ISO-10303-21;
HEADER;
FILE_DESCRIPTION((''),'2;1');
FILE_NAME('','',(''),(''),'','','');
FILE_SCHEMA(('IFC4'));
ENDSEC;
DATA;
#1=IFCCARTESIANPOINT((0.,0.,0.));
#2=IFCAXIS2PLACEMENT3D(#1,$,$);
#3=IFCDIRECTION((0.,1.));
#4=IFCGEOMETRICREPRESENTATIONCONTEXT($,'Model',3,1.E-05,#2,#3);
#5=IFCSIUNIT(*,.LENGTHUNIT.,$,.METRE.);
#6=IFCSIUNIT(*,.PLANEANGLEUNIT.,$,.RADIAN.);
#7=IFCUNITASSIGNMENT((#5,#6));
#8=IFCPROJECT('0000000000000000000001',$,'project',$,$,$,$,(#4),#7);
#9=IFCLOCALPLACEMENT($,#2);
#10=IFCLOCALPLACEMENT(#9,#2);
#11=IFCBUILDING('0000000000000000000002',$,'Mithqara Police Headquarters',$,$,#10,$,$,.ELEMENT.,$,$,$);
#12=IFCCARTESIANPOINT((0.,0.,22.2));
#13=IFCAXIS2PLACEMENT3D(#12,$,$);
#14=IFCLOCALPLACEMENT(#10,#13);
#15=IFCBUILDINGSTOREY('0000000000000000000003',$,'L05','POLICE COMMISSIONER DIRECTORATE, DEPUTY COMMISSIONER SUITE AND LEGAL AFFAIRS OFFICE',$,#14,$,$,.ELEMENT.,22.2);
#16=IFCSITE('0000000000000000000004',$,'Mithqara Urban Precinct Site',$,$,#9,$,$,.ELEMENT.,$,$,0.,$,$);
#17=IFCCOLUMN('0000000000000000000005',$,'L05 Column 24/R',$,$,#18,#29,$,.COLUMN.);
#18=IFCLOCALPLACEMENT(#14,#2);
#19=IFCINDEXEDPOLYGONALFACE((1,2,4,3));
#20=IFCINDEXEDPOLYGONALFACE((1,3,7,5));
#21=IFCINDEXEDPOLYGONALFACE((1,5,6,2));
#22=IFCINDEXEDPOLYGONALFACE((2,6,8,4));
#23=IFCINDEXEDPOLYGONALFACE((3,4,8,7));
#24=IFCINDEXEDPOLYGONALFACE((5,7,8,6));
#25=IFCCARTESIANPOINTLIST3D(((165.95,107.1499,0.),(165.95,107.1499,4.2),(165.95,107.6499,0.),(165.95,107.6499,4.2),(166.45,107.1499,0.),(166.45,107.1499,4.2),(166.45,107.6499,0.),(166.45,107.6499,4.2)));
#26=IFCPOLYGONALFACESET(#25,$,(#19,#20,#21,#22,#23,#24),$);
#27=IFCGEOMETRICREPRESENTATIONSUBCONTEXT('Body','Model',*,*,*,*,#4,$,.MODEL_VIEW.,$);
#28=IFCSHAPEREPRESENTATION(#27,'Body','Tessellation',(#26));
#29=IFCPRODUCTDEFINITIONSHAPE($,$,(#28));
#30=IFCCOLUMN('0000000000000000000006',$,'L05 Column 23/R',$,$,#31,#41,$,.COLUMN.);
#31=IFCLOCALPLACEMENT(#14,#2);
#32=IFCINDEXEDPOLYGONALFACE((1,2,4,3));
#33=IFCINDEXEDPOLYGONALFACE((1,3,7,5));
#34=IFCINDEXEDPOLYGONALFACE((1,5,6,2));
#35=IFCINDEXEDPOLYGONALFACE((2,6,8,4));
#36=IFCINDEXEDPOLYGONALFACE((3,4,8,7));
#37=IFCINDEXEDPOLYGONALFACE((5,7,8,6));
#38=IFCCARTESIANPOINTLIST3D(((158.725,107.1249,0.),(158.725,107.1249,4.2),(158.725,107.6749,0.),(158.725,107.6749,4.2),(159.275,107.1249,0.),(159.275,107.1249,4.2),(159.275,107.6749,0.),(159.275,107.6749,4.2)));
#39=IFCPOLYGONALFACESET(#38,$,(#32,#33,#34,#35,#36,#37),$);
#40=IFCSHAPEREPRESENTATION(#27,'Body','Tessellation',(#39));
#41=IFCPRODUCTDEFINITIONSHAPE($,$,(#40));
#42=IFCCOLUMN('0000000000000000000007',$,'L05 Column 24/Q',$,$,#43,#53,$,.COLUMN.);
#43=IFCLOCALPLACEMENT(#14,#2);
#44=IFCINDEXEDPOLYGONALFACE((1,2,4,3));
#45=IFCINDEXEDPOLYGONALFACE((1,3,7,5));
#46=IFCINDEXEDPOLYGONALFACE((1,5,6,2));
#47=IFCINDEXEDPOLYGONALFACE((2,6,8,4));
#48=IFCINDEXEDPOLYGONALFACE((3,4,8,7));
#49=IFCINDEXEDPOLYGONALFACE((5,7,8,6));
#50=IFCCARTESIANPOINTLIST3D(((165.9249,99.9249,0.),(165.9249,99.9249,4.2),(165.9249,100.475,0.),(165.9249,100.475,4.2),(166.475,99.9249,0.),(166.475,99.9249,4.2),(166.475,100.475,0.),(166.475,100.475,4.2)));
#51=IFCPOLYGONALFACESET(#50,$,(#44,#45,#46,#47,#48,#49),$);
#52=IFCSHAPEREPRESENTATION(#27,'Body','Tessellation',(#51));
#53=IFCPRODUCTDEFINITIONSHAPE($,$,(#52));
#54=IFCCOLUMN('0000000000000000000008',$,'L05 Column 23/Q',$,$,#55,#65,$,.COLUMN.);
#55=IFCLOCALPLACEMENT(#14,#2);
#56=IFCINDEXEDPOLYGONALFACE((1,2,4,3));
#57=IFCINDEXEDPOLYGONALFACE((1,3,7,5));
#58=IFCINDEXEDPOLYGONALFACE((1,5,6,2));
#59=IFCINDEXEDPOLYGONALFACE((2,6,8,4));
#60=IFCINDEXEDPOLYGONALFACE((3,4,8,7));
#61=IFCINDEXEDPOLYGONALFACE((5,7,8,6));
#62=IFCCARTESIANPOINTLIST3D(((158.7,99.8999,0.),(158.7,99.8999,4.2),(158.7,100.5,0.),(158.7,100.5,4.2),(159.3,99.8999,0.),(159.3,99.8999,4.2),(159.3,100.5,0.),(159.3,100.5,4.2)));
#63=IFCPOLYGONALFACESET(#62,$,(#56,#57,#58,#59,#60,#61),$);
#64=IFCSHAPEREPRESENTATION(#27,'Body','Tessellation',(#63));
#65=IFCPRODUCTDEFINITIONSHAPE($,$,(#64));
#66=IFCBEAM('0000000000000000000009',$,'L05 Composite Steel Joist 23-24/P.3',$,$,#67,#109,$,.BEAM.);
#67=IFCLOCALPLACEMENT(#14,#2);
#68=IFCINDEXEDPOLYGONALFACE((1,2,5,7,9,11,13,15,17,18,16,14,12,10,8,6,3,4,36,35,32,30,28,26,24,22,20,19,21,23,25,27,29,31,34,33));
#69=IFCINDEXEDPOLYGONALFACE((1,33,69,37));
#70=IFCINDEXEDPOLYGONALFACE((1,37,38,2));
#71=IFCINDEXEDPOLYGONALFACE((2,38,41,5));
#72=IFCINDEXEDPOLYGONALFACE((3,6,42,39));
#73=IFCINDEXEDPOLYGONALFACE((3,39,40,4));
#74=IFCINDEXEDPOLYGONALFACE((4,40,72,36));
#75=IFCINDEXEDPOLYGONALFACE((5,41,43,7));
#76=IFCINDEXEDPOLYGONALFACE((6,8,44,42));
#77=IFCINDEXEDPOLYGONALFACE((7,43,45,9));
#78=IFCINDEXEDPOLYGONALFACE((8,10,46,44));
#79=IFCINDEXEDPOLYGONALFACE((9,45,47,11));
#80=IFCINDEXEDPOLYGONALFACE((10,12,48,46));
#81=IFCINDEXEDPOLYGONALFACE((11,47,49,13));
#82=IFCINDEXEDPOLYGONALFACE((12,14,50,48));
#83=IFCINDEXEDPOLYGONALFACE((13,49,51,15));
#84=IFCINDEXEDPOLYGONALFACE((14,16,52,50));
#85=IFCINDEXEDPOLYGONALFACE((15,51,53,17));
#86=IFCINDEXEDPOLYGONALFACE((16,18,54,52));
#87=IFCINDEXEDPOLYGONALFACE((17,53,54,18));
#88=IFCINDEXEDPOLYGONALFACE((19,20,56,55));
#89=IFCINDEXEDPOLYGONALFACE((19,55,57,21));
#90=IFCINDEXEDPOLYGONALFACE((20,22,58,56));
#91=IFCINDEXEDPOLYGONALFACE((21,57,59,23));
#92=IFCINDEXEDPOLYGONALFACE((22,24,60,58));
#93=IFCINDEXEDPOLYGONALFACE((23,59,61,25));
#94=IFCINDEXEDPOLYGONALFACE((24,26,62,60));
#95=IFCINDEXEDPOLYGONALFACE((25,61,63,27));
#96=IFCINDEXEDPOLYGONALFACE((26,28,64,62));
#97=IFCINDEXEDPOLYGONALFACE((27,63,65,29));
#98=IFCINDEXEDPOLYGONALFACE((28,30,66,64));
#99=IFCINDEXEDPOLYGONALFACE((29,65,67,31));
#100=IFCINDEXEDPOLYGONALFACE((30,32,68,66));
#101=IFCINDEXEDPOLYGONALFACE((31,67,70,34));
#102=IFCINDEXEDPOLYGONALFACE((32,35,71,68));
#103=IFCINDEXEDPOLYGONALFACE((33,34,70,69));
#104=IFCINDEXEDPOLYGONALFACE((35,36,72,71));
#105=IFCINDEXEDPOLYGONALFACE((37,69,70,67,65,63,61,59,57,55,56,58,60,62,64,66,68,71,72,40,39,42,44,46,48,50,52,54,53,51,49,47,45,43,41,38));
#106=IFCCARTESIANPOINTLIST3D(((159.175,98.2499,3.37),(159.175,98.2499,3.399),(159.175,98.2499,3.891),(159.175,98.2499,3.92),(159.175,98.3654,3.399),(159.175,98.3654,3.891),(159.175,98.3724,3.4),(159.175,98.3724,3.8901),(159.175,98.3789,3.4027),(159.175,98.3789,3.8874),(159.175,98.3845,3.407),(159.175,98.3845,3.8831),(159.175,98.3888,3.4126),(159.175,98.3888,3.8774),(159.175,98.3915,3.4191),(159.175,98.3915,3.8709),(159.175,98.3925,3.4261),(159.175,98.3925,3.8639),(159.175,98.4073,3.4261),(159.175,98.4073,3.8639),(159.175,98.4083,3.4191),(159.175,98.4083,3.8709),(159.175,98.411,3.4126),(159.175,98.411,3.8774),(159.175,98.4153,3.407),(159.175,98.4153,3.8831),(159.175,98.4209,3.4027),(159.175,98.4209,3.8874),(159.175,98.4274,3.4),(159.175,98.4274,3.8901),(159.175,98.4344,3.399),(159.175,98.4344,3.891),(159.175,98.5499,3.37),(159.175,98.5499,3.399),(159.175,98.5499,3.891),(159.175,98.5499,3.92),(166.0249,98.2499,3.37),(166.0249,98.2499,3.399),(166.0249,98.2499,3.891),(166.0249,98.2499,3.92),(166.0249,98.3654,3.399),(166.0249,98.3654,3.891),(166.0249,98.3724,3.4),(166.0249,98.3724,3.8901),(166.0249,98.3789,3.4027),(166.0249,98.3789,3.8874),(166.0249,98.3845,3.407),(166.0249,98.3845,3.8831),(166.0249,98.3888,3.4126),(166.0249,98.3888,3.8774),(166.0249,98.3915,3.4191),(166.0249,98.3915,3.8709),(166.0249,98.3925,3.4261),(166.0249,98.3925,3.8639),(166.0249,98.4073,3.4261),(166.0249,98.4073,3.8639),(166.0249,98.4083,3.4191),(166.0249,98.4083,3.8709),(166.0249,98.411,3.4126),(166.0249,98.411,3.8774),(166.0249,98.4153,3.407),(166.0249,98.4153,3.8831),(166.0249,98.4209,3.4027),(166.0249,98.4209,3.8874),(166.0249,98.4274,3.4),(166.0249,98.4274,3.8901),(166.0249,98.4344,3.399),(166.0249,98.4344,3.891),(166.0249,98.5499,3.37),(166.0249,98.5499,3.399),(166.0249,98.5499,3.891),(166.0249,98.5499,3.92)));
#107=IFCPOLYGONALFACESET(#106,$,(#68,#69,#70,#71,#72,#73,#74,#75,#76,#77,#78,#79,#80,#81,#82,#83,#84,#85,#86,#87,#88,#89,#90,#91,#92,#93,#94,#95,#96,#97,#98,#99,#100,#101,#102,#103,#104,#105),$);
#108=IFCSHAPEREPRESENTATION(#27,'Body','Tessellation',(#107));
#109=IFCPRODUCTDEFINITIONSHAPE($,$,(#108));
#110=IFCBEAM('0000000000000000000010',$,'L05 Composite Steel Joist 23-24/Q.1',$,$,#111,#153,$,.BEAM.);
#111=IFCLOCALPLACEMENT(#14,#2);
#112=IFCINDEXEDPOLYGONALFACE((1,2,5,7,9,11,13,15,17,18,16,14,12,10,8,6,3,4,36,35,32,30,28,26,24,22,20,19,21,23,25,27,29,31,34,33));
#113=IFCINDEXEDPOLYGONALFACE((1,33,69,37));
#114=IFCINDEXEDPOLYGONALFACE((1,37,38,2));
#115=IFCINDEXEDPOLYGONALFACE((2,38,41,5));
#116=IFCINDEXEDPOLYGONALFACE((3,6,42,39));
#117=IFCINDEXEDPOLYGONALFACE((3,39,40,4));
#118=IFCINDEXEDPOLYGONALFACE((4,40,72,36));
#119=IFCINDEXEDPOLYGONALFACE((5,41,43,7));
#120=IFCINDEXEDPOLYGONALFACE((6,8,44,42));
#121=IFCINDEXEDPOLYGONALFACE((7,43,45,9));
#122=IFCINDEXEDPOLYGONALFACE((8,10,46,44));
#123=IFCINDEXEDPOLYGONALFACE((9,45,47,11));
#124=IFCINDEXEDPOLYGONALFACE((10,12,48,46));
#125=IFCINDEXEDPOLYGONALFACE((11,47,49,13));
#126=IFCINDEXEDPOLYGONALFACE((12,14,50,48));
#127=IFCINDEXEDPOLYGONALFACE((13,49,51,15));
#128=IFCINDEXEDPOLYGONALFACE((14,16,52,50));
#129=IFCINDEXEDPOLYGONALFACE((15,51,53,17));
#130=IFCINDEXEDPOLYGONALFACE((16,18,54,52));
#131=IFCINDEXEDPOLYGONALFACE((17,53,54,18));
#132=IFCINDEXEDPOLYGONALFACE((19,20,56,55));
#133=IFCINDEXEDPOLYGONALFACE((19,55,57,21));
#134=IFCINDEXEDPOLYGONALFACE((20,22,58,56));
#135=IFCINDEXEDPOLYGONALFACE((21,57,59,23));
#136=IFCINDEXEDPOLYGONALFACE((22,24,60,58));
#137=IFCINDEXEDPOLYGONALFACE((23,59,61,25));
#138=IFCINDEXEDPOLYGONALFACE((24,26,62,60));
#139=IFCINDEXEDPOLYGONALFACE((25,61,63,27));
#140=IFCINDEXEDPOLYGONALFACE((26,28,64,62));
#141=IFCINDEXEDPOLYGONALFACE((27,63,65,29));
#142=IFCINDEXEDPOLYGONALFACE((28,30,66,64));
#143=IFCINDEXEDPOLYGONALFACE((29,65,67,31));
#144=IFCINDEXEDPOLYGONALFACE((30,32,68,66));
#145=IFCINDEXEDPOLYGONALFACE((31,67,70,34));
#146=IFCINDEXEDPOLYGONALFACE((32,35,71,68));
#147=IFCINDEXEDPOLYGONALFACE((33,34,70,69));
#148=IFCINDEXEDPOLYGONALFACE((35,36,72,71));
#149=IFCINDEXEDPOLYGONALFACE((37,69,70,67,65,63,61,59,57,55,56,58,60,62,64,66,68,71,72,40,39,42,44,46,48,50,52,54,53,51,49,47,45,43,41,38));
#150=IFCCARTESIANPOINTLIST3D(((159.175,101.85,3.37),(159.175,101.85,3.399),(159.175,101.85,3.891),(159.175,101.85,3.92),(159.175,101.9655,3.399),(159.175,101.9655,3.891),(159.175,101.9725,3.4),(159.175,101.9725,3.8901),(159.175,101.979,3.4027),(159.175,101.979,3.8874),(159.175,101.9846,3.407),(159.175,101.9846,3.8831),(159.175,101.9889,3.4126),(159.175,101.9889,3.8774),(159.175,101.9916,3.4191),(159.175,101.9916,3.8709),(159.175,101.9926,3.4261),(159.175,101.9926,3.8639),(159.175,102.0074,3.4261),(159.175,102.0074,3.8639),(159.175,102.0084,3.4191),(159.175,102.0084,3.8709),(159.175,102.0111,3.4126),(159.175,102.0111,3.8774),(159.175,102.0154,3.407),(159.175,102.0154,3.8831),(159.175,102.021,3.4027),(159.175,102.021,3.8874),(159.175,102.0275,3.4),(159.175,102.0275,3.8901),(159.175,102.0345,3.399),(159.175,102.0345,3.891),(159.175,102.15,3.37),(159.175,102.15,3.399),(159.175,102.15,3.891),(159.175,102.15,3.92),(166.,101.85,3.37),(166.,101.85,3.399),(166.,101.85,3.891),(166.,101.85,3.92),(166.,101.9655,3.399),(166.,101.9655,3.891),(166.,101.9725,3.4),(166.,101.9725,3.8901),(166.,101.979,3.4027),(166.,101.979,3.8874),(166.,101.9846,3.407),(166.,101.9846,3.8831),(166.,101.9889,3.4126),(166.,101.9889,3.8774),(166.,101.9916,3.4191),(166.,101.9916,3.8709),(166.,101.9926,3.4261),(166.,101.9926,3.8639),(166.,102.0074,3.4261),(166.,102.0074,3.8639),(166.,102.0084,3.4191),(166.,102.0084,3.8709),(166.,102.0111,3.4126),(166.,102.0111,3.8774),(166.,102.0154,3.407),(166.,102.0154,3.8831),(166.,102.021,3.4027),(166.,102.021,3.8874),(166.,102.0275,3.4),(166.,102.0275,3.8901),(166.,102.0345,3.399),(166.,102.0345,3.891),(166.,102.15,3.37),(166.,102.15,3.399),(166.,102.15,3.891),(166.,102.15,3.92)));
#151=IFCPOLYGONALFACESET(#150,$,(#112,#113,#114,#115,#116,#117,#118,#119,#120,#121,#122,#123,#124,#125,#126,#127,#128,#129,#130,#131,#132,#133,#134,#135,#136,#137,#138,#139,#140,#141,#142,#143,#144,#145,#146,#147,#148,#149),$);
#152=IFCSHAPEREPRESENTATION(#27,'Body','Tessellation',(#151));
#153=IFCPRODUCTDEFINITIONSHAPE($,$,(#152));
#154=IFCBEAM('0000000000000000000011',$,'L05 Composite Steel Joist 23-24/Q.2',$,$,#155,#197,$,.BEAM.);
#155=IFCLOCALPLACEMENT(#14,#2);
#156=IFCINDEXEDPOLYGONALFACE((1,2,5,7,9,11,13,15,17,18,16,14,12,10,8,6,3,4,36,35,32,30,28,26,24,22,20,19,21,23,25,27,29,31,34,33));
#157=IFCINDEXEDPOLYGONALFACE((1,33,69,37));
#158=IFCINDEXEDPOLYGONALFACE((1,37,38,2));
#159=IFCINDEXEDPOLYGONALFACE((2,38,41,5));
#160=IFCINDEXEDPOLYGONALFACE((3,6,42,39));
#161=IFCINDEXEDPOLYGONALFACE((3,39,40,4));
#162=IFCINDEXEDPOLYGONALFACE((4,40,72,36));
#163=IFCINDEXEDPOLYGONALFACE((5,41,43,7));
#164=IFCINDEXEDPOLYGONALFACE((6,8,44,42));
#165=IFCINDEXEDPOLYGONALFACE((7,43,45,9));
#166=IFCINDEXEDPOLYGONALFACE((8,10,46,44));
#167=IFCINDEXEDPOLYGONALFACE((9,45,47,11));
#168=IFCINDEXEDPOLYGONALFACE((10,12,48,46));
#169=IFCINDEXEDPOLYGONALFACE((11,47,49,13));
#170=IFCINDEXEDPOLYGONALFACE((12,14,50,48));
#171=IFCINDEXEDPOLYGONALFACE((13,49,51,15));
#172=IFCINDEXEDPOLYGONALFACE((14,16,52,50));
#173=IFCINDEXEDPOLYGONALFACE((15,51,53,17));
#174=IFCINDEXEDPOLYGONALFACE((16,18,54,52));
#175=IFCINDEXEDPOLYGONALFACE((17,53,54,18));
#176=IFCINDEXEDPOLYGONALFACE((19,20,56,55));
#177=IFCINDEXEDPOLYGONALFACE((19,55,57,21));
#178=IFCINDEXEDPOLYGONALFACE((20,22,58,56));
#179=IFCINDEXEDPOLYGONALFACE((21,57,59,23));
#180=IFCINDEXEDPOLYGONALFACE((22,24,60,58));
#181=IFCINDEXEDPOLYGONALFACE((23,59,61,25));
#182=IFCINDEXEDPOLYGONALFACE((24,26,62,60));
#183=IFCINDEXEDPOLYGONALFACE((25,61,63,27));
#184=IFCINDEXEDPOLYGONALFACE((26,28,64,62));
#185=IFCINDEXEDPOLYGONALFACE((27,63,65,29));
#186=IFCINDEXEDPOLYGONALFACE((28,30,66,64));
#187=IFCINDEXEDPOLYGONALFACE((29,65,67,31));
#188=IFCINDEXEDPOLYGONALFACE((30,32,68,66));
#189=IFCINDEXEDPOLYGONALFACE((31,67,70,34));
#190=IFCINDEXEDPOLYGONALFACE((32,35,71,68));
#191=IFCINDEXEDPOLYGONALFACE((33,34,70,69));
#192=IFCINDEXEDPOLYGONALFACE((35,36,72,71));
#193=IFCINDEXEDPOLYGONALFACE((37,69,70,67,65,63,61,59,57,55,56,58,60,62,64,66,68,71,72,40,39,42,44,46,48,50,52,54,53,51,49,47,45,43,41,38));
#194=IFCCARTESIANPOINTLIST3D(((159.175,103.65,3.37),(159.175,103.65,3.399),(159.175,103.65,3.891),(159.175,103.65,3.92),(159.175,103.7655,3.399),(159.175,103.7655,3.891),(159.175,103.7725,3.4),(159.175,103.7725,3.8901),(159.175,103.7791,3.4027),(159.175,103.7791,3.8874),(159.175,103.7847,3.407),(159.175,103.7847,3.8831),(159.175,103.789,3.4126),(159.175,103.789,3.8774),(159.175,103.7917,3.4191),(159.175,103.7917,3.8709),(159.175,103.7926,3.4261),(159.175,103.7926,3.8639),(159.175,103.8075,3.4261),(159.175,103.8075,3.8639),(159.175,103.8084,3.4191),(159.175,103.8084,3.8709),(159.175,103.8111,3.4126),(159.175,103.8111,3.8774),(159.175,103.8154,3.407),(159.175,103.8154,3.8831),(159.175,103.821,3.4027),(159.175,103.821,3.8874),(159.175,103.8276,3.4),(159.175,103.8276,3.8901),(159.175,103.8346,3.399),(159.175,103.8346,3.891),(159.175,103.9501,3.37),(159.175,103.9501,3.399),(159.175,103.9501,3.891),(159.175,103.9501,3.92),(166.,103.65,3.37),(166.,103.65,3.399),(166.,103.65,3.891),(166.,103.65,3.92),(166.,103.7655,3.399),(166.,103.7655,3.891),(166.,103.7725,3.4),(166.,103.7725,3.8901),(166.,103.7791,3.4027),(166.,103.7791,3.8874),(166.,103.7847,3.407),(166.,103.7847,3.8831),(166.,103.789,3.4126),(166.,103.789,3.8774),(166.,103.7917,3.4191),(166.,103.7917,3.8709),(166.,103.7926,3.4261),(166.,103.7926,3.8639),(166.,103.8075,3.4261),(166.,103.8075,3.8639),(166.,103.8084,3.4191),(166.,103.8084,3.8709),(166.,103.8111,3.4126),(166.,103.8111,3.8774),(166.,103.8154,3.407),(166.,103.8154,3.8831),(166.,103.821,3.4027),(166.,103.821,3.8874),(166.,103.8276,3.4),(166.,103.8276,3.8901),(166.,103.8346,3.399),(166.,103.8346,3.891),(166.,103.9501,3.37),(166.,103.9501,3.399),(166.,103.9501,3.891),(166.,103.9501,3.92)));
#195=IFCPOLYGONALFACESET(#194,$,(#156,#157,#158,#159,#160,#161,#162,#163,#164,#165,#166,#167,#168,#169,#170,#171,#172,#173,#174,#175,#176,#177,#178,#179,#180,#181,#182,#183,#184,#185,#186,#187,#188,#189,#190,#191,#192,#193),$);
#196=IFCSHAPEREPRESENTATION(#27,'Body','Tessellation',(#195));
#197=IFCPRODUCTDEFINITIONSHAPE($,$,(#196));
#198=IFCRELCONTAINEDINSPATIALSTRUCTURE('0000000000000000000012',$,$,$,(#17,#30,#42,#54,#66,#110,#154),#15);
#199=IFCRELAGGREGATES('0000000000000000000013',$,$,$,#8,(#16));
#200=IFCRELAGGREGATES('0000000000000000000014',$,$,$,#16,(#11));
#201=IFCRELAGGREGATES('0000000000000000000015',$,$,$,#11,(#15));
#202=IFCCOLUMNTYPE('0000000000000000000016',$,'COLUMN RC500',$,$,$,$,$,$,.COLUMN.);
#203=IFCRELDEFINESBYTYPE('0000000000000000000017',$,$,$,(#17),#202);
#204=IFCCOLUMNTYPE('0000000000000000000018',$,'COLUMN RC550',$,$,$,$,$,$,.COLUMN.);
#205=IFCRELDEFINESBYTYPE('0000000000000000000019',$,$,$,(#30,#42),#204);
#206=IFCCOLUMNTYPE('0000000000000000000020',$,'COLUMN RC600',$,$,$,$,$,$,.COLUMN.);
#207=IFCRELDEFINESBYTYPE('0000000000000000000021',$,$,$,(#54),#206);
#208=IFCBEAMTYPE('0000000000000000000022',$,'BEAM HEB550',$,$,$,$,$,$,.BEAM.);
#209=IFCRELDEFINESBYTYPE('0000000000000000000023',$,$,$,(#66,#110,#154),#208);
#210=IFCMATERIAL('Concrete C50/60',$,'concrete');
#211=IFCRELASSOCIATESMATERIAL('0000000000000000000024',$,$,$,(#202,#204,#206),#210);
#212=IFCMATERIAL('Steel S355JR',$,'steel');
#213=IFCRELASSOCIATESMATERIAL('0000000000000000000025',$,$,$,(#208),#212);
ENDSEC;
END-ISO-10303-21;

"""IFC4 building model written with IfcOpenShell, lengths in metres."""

from ifc_helpers import new_model, si_unit, direction, frame, origin, origin_2d, place, context, subcontext, project, spatial, rectangle, i_section, extrude, material, material_profile, profile_set, type_object, element, save


model = new_model("IFC4")

# Units and contexts
model_context = context("Model", 3, precision=1e-05, world=origin(), true_north=direction((0.0, 1.0)))
body_context = subcontext(model_context, "Body", "Model", "MODEL_VIEW")
ifc_project = project(units=[si_unit("LENGTHUNIT", "METRE"), si_unit("PLANEANGLEUNIT", "RADIAN")], contexts=[model_context])

# Site, building, storey
site_placement = place(None, origin())
site = spatial("IfcSite", under=ifc_project, at=site_placement, Name="Mithqara Urban Precinct Site", CompositionType="ELEMENT", RefElevation=0.0)
building_placement = place(site_placement, origin())
building = spatial("IfcBuilding", under=site, at=building_placement, Name="Mithqara Police Headquarters", CompositionType="ELEMENT")
storey_placement = place(building_placement, frame((0.0, 0.0, 22.2)))
storey = spatial("IfcBuildingStorey", under=building, at=storey_placement, Name="L05", Description="POLICE COMMISSIONER DIRECTORATE, DEPUTY COMMISSIONER SUITE AND LEGAL AFFAIRS OFFICE", CompositionType="ELEMENT", Elevation=22.2)

# Columns
ifc_material_1 = material(Name="Concrete C50/60", Category="concrete")
ifc_material_profile_1 = material_profile(ifc_material_1, rectangle(XDim=0.5, YDim=0.5, at=origin_2d()), Name="RC 500x500")
ifc_profile_set_1 = profile_set([ifc_material_profile_1], Name="Concrete C50/60")
column_type_1 = type_object("IfcColumnType", Name="COLUMN RC500", PredefinedType="COLUMN", material=ifc_profile_set_1)
column_1_placement = place(storey_placement, frame((166.2, 107.3999, 0.0), z_axis=(0.0, 0.0, 1.0), x_axis=(1.0, 0.0, 0.0)))
element("IfcColumn", 1, at=column_1_placement, inside=storey, type_object=column_type_1, Name="L05 Column 24/R", PredefinedType="COLUMN", context=body_context, shape_type="SweptSolid", body=[
    extrude(rectangle(XDim=0.5, YDim=0.5, at=origin_2d()), origin(), (0.0, 0.0, 1.0), 4.2),
])
ifc_material_profile_2 = material_profile(ifc_material_1, rectangle(XDim=0.55, YDim=0.55, at=origin_2d()), Name="RC 550x550")
ifc_profile_set_2 = profile_set([ifc_material_profile_2], Name="Concrete C50/60")
column_type_2 = type_object("IfcColumnType", Name="COLUMN RC550", PredefinedType="COLUMN", material=ifc_profile_set_2)
for number, where, z_axis, x_axis, name in (
    (2, (159.0, 107.3999, 0.0), (0.0, 0.0, 1.0), (1.0, 0.0, 0.0), "L05 Column 23/R"),
    (3, (166.2, 100.2, 0.0), (0.0, 0.0, 1.0), (1.0, 0.0, 0.0), "L05 Column 24/Q"),
):
    element("IfcColumn", number, at=place(storey_placement, frame(where, z_axis=z_axis, x_axis=x_axis)), inside=storey, type_object=column_type_2, Name=name, PredefinedType="COLUMN", context=body_context, shape_type="SweptSolid", body=[
        extrude(rectangle(XDim=0.55, YDim=0.55, at=origin_2d()), origin(), (0.0, 0.0, 1.0), 4.2),
    ])
ifc_material_profile_3 = material_profile(ifc_material_1, rectangle(XDim=0.6001, YDim=0.6001, at=origin_2d()), Name="RC 600x600")
ifc_profile_set_3 = profile_set([ifc_material_profile_3], Name="Concrete C50/60")
column_type_3 = type_object("IfcColumnType", Name="COLUMN RC600", PredefinedType="COLUMN", material=ifc_profile_set_3)
column_2_placement = place(storey_placement, frame((159.0, 100.2, 0.0), z_axis=(0.0, 0.0, 1.0), x_axis=(1.0, 0.0, 0.0)))
element("IfcColumn", 4, at=column_2_placement, inside=storey, type_object=column_type_3, Name="L05 Column 23/Q", PredefinedType="COLUMN", context=body_context, shape_type="SweptSolid", body=[
    extrude(rectangle(XDim=0.6001, YDim=0.6001, at=origin_2d()), origin(), (0.0, 0.0, 1.0), 4.2),
])

# Beams
ifc_material_2 = material(Name="Steel S355JR", Category="steel")
ifc_material_profile_4 = material_profile(ifc_material_2, i_section(OverallWidth=0.3, OverallDepth=0.55, WebThickness=0.0149, FlangeThickness=0.0291, FilletRadius=0.0271, at=origin_2d()), Name="HEB 550")
ifc_profile_set_4 = profile_set([ifc_material_profile_4], Name="Steel S355JR")
beam_type_1 = type_object("IfcBeamType", Name="BEAM HEB550", PredefinedType="BEAM", material=ifc_profile_set_4)
beam_1_placement = place(storey_placement, frame((159.175, 98.3999, 3.645), z_axis=(1.0, 0.0, 0.0), x_axis=(0.0, 1.0, 0.0)))
element("IfcBeam", 5, at=beam_1_placement, inside=storey, type_object=beam_type_1, Name="L05 Composite Steel Joist 23-24/P.3", PredefinedType="BEAM", context=body_context, shape_type="SweptSolid", body=[
    extrude(i_section(OverallWidth=0.3, OverallDepth=0.55, WebThickness=0.0149, FlangeThickness=0.0291, FilletRadius=0.0271, at=origin_2d()), origin(), (0.0, 0.0, 1.0), 6.8499),
])
for number, where, z_axis, x_axis, name in (
    (6, (159.175, 102.0, 3.645), (1.0, 0.0, 0.0), (0.0, 1.0, 0.0), "L05 Composite Steel Joist 23-24/Q.1"),
    (7, (159.175, 103.8, 3.645), (1.0, 0.0, 0.0), (0.0, 1.0, 0.0), "L05 Composite Steel Joist 23-24/Q.2"),
):
    element("IfcBeam", number, at=place(storey_placement, frame(where, z_axis=z_axis, x_axis=x_axis)), inside=storey, type_object=beam_type_1, Name=name, PredefinedType="BEAM", context=body_context, shape_type="SweptSolid", body=[
        extrude(i_section(OverallWidth=0.3, OverallDepth=0.55, WebThickness=0.0149, FlangeThickness=0.0291, FilletRadius=0.0271, at=origin_2d()), origin(), (0.0, 0.0, 1.0), 6.825),
    ])

save(model, "model.ifc")
